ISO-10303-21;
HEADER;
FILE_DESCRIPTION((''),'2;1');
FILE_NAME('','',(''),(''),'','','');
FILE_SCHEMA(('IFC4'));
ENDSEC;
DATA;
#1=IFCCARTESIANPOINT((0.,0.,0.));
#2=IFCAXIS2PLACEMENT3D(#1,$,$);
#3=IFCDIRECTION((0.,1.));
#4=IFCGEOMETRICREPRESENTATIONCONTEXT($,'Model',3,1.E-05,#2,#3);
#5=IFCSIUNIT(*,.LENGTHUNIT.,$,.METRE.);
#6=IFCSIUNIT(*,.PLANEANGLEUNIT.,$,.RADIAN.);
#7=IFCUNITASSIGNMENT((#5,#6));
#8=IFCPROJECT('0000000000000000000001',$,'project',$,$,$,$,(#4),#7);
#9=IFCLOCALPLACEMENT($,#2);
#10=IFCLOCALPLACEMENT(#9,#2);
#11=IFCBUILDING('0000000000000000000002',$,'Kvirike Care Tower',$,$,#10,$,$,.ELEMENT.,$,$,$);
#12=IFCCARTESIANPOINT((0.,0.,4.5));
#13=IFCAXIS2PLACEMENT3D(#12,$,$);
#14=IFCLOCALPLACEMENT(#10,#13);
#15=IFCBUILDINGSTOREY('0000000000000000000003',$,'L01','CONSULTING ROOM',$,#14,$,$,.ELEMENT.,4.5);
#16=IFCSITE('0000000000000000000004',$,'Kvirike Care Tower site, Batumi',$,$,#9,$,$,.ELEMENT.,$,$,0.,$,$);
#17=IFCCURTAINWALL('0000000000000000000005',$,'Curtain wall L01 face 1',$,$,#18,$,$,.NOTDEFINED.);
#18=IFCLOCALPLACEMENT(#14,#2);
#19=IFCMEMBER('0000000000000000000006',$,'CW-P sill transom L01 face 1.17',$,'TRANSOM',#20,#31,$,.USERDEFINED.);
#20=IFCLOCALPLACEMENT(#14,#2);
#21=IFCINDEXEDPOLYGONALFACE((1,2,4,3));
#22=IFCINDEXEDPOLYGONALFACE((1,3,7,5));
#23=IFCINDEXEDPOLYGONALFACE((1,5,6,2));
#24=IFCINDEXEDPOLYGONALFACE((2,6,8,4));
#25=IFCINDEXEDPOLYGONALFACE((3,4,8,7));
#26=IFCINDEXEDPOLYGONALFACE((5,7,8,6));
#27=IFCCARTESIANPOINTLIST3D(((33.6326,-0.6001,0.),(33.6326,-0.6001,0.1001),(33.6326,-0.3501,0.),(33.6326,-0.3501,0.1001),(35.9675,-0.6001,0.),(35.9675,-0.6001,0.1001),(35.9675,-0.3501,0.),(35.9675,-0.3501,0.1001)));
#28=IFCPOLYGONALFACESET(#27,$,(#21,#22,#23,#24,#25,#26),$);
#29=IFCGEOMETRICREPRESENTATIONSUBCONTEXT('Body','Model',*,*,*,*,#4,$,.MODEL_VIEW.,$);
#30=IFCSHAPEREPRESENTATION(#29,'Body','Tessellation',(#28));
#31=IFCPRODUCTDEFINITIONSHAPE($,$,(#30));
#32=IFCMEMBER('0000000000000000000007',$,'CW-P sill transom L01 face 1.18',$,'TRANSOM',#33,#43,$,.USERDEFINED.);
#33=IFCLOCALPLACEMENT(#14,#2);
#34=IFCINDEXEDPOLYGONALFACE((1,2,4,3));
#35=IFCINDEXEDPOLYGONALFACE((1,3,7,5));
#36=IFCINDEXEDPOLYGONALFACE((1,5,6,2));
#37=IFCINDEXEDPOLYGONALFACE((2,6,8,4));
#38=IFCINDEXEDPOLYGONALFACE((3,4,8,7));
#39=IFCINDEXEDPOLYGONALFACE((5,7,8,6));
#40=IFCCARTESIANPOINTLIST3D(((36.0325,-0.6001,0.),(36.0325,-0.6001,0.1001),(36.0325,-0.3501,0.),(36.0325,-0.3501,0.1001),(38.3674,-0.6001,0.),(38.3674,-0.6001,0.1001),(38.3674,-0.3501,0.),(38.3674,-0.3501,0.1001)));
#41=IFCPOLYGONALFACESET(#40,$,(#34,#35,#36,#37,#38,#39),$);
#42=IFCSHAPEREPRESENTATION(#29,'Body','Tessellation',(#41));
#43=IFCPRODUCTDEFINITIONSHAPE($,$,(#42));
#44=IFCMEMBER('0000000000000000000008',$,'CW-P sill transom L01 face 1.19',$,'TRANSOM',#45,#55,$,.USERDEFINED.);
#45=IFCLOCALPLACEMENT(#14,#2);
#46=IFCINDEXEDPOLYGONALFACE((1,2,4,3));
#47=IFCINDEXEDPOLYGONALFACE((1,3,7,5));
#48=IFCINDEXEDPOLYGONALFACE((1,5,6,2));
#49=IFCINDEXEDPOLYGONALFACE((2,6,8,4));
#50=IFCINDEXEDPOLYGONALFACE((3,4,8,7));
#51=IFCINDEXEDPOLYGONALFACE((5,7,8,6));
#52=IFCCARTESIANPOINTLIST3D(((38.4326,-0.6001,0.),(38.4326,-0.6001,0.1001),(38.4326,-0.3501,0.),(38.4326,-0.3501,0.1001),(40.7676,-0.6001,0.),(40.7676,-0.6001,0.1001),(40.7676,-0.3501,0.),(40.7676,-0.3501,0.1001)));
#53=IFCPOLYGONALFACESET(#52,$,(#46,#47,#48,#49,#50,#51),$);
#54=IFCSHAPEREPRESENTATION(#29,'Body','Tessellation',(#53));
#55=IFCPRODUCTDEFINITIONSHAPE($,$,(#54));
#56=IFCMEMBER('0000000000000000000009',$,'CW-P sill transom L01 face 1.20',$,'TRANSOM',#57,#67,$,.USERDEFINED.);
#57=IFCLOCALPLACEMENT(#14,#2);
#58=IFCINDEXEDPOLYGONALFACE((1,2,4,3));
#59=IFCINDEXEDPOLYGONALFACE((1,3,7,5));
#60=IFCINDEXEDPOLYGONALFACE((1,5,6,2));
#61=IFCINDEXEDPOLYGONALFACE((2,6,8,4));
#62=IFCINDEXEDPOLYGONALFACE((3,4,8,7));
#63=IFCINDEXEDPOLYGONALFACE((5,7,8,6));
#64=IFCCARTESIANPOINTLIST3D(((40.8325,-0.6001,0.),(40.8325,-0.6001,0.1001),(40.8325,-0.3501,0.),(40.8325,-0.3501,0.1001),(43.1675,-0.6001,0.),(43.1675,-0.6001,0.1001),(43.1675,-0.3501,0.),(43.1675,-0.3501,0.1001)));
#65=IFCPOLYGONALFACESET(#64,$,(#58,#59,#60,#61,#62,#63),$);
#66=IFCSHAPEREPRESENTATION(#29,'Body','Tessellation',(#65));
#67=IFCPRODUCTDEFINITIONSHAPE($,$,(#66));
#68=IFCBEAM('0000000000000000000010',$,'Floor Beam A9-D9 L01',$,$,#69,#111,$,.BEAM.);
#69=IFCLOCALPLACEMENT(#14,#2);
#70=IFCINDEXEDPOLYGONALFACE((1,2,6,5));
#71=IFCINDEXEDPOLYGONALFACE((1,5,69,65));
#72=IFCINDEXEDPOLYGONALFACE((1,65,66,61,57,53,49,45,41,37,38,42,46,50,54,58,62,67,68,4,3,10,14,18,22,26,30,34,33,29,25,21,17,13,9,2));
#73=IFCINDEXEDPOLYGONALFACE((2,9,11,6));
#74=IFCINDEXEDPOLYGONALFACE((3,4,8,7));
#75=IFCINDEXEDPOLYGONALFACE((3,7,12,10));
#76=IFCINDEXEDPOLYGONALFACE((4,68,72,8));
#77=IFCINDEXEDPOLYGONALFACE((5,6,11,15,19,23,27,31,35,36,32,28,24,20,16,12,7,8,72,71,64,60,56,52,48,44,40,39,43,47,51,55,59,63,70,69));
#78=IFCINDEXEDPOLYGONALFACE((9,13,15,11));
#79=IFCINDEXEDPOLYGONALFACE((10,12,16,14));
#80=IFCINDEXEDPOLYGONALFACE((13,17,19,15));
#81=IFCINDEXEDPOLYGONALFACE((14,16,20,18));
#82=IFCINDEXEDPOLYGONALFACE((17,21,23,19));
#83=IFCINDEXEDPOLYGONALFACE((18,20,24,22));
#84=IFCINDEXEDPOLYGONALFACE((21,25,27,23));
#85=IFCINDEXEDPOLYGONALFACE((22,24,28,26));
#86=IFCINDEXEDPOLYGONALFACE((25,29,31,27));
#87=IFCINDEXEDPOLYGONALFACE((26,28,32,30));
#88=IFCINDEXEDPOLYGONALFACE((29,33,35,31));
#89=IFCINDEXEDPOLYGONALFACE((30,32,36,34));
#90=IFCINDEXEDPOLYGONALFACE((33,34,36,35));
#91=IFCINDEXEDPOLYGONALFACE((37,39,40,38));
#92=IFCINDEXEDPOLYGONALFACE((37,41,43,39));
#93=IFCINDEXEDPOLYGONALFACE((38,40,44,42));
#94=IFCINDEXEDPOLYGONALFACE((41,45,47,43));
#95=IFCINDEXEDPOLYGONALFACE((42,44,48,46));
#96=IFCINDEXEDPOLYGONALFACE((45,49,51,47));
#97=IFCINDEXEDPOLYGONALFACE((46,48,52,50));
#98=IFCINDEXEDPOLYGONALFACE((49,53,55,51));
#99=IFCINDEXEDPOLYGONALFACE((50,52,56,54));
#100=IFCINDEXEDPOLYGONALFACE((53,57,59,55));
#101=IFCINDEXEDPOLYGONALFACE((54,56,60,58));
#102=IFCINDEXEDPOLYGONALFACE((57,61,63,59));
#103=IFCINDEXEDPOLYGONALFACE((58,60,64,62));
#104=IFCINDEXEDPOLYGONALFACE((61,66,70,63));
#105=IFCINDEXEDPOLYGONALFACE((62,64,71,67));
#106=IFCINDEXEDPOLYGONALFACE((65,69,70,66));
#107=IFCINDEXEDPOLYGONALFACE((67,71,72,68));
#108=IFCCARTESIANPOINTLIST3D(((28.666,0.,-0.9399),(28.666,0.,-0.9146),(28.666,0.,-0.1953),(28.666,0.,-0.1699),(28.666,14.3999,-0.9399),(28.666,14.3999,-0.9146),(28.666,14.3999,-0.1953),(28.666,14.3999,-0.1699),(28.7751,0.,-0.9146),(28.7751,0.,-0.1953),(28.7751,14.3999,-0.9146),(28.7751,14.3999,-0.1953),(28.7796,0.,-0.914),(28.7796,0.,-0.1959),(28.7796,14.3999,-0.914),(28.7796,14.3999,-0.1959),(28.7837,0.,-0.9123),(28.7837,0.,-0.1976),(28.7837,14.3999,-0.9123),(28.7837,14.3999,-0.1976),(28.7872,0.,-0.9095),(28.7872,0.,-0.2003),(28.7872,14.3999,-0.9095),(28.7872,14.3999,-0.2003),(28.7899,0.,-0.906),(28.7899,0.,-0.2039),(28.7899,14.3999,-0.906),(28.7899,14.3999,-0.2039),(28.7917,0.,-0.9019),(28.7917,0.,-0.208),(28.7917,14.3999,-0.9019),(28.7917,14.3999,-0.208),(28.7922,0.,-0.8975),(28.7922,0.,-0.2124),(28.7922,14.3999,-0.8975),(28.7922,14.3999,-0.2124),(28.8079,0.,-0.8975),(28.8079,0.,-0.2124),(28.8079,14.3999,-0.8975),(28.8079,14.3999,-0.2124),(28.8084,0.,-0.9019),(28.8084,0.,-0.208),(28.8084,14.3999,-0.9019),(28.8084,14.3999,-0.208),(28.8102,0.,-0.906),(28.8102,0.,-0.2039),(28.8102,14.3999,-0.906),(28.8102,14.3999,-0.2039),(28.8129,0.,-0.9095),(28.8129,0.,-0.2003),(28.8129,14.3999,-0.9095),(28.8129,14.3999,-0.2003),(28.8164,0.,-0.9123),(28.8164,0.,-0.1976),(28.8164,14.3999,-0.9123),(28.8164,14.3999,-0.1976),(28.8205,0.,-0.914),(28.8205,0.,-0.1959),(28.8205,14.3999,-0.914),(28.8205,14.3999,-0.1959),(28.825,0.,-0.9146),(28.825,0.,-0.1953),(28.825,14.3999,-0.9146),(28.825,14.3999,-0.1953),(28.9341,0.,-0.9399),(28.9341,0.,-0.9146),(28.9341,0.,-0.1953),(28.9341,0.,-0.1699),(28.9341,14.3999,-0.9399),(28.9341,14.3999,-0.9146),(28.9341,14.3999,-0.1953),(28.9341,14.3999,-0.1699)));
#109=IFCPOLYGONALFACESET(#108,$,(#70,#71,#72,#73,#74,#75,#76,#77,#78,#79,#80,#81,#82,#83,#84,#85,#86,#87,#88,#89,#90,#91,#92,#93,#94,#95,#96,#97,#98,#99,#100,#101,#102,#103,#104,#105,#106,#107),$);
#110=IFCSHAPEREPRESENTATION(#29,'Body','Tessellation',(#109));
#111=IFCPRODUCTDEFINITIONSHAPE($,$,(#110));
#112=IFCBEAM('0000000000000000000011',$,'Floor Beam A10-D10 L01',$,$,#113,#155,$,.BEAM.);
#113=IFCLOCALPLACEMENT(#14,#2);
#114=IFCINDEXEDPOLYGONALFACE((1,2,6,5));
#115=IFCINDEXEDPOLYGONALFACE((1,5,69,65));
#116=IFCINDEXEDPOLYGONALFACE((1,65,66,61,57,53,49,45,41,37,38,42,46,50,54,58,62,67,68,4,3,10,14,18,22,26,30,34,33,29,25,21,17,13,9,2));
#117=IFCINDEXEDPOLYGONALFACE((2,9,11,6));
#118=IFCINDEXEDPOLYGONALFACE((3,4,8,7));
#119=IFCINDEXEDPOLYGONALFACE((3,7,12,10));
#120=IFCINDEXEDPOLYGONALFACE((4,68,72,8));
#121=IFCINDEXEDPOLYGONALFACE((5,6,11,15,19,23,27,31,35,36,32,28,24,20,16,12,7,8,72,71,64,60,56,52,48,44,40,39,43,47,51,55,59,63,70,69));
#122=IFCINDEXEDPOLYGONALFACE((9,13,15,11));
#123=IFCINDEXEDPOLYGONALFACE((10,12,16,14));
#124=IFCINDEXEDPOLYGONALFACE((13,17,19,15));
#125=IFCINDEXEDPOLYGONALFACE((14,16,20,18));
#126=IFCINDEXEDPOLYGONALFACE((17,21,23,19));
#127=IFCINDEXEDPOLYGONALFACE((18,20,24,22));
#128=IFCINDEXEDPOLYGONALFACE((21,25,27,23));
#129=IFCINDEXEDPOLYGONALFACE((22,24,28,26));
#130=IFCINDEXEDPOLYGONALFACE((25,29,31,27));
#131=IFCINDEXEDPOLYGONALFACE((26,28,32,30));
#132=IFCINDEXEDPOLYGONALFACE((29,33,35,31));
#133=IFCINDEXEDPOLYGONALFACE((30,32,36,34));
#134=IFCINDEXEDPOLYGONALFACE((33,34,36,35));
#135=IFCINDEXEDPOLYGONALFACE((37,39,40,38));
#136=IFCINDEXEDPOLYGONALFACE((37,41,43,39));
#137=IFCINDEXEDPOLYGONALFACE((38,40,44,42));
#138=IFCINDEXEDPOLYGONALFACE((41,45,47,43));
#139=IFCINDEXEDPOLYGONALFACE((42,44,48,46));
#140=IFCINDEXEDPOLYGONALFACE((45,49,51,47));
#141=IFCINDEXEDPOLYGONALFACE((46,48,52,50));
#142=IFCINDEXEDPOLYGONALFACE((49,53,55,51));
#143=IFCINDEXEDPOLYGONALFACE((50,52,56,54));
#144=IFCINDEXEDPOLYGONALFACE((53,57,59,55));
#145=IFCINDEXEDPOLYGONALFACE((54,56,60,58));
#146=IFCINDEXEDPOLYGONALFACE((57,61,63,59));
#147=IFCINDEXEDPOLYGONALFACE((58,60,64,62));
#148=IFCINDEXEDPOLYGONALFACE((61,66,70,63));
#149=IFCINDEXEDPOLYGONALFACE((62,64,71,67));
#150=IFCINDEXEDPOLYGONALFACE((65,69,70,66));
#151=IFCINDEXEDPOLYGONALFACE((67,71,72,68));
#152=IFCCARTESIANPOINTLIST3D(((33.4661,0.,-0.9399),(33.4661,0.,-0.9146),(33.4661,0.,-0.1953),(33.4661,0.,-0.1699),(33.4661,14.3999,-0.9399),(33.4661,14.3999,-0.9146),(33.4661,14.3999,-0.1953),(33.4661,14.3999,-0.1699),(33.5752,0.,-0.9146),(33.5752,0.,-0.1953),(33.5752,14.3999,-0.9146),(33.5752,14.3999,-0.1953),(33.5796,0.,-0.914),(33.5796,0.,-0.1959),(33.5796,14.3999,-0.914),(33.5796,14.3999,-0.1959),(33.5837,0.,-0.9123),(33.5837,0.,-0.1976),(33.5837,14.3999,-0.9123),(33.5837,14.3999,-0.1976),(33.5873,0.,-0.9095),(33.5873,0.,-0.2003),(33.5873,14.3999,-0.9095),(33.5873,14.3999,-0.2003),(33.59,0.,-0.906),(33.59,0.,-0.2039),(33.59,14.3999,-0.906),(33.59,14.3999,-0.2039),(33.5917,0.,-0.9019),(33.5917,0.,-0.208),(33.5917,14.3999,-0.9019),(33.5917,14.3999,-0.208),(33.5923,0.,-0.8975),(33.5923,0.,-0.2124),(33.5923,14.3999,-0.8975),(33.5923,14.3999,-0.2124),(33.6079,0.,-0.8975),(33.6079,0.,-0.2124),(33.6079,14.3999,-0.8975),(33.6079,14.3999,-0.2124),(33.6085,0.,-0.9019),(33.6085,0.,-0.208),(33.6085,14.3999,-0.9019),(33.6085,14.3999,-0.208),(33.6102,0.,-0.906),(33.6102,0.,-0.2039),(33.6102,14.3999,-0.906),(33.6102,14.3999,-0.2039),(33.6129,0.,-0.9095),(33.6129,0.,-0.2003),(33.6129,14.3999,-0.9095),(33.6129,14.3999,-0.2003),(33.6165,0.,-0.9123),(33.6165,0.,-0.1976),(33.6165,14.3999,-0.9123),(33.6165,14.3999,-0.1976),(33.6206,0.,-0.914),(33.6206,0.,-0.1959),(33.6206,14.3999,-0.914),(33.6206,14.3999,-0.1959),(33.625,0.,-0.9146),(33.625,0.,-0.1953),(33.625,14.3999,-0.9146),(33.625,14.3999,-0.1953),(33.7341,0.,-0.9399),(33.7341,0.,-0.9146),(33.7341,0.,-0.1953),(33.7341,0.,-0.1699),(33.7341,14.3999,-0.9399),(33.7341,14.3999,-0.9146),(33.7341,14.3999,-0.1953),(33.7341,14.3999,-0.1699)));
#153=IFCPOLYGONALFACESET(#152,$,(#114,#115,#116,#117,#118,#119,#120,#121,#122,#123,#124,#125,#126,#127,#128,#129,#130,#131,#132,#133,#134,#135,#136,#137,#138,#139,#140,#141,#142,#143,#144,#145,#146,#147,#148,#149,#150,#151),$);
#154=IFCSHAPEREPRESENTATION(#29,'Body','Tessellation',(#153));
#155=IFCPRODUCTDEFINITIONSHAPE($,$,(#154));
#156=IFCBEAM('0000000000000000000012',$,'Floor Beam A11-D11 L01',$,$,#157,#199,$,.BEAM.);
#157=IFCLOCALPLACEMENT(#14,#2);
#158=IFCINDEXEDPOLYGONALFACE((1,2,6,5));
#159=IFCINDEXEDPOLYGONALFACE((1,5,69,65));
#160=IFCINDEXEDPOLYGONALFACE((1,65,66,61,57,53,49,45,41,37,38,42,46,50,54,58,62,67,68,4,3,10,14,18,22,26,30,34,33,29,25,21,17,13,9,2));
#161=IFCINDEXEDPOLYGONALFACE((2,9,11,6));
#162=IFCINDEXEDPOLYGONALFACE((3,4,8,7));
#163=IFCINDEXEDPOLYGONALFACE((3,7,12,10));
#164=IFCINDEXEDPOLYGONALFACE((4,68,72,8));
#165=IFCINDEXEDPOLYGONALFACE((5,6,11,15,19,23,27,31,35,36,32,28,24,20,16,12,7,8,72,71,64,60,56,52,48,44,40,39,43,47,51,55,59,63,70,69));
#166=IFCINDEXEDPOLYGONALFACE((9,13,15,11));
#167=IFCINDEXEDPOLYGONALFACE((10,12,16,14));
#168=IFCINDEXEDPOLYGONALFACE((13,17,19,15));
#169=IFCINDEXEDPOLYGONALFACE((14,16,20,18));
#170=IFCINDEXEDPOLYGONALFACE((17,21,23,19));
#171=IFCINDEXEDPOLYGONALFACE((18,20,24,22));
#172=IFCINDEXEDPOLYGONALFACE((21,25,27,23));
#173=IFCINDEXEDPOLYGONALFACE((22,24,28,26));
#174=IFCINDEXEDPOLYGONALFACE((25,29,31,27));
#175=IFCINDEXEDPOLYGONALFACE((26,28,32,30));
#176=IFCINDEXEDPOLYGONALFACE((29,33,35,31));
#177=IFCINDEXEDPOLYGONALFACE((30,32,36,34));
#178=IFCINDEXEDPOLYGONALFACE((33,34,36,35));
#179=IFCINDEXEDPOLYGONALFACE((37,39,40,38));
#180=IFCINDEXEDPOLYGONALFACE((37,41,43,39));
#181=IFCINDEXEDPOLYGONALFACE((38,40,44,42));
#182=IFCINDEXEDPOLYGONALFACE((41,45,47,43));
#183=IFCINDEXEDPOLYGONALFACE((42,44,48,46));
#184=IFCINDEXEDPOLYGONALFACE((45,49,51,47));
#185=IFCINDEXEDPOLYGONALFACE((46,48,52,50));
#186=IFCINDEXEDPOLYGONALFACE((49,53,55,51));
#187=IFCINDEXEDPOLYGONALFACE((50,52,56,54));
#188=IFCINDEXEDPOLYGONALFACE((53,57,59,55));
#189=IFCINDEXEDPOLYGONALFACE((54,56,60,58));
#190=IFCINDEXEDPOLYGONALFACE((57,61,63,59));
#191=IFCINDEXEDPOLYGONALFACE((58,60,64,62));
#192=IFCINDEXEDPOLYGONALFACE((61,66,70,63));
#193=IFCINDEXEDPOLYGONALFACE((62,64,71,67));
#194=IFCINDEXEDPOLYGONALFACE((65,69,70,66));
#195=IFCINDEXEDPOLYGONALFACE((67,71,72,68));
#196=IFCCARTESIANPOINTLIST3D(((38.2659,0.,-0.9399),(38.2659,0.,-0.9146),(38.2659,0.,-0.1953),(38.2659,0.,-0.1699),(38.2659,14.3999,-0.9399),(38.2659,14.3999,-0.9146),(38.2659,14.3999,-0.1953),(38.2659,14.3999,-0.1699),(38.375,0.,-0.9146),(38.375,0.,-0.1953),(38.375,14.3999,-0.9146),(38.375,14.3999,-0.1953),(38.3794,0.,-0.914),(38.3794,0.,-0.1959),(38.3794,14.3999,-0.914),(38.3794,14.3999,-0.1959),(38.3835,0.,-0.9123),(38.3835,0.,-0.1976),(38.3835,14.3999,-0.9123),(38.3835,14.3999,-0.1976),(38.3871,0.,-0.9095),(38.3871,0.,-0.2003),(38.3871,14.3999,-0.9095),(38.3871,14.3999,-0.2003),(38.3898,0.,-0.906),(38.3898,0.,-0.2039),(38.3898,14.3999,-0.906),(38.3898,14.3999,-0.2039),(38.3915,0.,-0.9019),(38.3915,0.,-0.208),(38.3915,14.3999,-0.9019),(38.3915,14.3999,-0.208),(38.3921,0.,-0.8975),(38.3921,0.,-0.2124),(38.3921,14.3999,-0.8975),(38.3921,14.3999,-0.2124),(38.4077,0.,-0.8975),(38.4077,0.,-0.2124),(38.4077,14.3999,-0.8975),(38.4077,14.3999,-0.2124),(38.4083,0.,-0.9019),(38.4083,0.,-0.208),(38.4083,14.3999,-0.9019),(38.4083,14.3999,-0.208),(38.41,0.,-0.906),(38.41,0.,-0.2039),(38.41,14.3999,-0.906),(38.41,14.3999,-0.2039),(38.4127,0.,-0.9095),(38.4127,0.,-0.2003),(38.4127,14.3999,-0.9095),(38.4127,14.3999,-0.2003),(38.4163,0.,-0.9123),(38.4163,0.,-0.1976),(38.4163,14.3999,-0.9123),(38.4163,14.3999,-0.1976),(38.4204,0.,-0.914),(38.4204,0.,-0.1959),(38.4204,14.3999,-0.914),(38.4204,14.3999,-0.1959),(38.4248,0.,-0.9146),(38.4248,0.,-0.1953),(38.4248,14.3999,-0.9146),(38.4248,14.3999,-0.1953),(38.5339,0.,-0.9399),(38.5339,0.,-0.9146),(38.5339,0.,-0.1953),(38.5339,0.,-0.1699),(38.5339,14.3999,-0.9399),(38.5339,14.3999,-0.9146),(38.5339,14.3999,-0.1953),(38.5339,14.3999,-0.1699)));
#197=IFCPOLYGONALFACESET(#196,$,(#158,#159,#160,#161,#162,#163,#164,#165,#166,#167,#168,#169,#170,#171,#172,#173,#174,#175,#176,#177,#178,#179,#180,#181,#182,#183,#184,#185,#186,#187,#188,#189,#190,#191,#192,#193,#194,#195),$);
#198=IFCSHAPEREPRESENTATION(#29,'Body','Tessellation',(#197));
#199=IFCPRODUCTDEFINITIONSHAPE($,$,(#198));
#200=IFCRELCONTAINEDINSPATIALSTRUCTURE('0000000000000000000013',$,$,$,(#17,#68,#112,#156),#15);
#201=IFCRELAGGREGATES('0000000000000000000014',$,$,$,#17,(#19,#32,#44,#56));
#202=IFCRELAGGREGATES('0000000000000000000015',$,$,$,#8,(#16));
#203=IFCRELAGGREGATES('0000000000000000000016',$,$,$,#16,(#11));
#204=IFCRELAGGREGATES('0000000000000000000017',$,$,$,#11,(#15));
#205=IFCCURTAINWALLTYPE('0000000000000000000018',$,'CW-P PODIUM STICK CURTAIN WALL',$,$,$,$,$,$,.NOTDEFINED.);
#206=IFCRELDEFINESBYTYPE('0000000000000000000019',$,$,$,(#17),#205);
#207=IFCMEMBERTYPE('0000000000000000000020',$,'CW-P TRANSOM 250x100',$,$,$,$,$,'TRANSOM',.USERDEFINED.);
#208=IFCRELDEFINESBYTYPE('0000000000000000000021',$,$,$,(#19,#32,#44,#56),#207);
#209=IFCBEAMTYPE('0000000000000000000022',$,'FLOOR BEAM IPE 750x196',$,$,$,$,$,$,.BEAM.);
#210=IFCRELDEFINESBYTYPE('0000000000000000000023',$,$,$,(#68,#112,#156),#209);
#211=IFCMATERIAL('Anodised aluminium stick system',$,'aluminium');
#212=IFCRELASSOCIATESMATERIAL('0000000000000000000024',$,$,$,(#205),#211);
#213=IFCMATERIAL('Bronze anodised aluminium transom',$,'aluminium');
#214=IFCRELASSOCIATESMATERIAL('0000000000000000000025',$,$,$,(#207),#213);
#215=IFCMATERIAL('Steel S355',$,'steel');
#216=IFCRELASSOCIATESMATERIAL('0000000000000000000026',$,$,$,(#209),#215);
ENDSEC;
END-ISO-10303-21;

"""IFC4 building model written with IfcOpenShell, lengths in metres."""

from ifc_helpers import new_model, si_unit, direction, frame, origin, origin_2d, place, context, subcontext, project, spatial, rectangle, i_section, extrude, material, material_profile, profile_set, type_object, element, aggregate, save


model = new_model("IFC4")

# Units and contexts
model_context = context("Model", 3, precision=1e-05, world=origin(), true_north=direction((0.0, 1.0)))
body_context = subcontext(model_context, "Body", "Model", "MODEL_VIEW")
ifc_project = project(units=[si_unit("LENGTHUNIT", "METRE"), si_unit("PLANEANGLEUNIT", "RADIAN")], contexts=[model_context])

# Site, building, storey
site_placement = place(None, origin())
site = spatial("IfcSite", under=ifc_project, at=site_placement, Name="Kvirike Care Tower site, Batumi", CompositionType="ELEMENT", RefElevation=0.0)
building_placement = place(site_placement, origin())
building = spatial("IfcBuilding", under=site, at=building_placement, Name="Kvirike Care Tower", CompositionType="ELEMENT")
storey_placement = place(building_placement, frame((0.0, 0.0, 4.5)))
storey = spatial("IfcBuildingStorey", under=building, at=storey_placement, Name="L01", Description="CONSULTING ROOM", CompositionType="ELEMENT", Elevation=4.5)

# Curtain wall, members
ifc_material_1 = material(Name="Anodised aluminium stick system", Category="aluminium")
curtain_wall_type = type_object("IfcCurtainWallType", Name="CW-P PODIUM STICK CURTAIN WALL", PredefinedType="NOTDEFINED", material=ifc_material_1)
curtain_wall_placement = place(storey_placement, origin())
curtain_wall = element("IfcCurtainWall", 1, at=curtain_wall_placement, inside=storey, type_object=curtain_wall_type, Name="Curtain wall L01 face 1", PredefinedType="NOTDEFINED")
ifc_material_2 = material(Name="Bronze anodised aluminium transom", Category="aluminium")
ifc_material_profile_1 = material_profile(ifc_material_2, rectangle(XDim=0.25, YDim=0.1001, at=origin_2d()), Name="CW-P TRANSOM 250x100")
ifc_profile_set_1 = profile_set([ifc_material_profile_1], Name="Bronze anodised aluminium transom")
member_type_1 = type_object("IfcMemberType", Name="CW-P TRANSOM 250x100", ElementType="TRANSOM", PredefinedType="USERDEFINED", material=ifc_profile_set_1)
member_1_placement = place(storey_placement, frame((33.6326, -0.4751, 0.05), z_axis=(1.0, 0.0, 0.0), x_axis=(0.0, 1.0, 0.0)))
member_1 = element("IfcMember", 2, at=member_1_placement, type_object=member_type_1, Name="CW-P sill transom L01 face 1.17", ObjectType="TRANSOM", PredefinedType="USERDEFINED", context=body_context, shape_type="SweptSolid", body=[
    extrude(rectangle(XDim=0.25, YDim=0.1001, at=origin_2d()), origin(), (0.0, 0.0, 1.0), 2.335),
])
member_2_placement = place(storey_placement, frame((36.0325, -0.4751, 0.05), z_axis=(1.0, 0.0, 0.0), x_axis=(0.0, 1.0, 0.0)))
member_2 = element("IfcMember", 3, at=member_2_placement, type_object=member_type_1, Name="CW-P sill transom L01 face 1.18", ObjectType="TRANSOM", PredefinedType="USERDEFINED", context=body_context, shape_type="SweptSolid", body=[
    extrude(rectangle(XDim=0.25, YDim=0.1001, at=origin_2d()), origin(), (0.0, 0.0, 1.0), 2.335),
])
member_3_placement = place(storey_placement, frame((38.4326, -0.4751, 0.05), z_axis=(1.0, 0.0, 0.0), x_axis=(0.0, 1.0, 0.0)))
member_3 = element("IfcMember", 4, at=member_3_placement, type_object=member_type_1, Name="CW-P sill transom L01 face 1.19", ObjectType="TRANSOM", PredefinedType="USERDEFINED", context=body_context, shape_type="SweptSolid", body=[
    extrude(rectangle(XDim=0.25, YDim=0.1001, at=origin_2d()), origin(), (0.0, 0.0, 1.0), 2.335),
])
member_4_placement = place(storey_placement, frame((40.8325, -0.4751, 0.05), z_axis=(1.0, 0.0, 0.0), x_axis=(0.0, 1.0, 0.0)))
member_4 = element("IfcMember", 5, at=member_4_placement, type_object=member_type_1, Name="CW-P sill transom L01 face 1.20", ObjectType="TRANSOM", PredefinedType="USERDEFINED", context=body_context, shape_type="SweptSolid", body=[
    extrude(rectangle(XDim=0.25, YDim=0.1001, at=origin_2d()), origin(), (0.0, 0.0, 1.0), 2.335),
])

# Beams
ifc_material_3 = material(Name="Steel S355", Category="steel")
ifc_material_profile_2 = material_profile(ifc_material_3, i_section(OverallWidth=0.2681, OverallDepth=0.77, WebThickness=0.0156, FlangeThickness=0.0254, FilletRadius=0.0171, at=origin_2d()), Name="IPE 750x196")
ifc_profile_set_2 = profile_set([ifc_material_profile_2], Name="Steel S355")
beam_type_1 = type_object("IfcBeamType", Name="FLOOR BEAM IPE 750x196", PredefinedType="BEAM", material=ifc_profile_set_2)
for number, where, z_axis, x_axis, name in (
    (6, (28.8, 0.0, -0.5549), (0.0, 1.0, 0.0), (-1.0, 0.0, 0.0), "Floor Beam A9-D9 L01"),
    (7, (33.6001, 0.0, -0.5549), (0.0, 1.0, 0.0), (-1.0, 0.0, 0.0), "Floor Beam A10-D10 L01"),
    (8, (38.3999, 0.0, -0.5549), (0.0, 1.0, 0.0), (-1.0, 0.0, 0.0), "Floor Beam A11-D11 L01"),
):
    element("IfcBeam", number, at=place(storey_placement, frame(where, z_axis=z_axis, x_axis=x_axis)), inside=storey, type_object=beam_type_1, Name=name, PredefinedType="BEAM", context=body_context, shape_type="SweptSolid", body=[
        extrude(i_section(OverallWidth=0.2681, OverallDepth=0.77, WebThickness=0.0156, FlangeThickness=0.0254, FilletRadius=0.0171, at=origin_2d()), origin(), (0.0, 0.0, 1.0), 14.3999),
    ])

aggregate(curtain_wall, [member_1, member_2, member_3, member_4])

save(model, "model.ifc")
